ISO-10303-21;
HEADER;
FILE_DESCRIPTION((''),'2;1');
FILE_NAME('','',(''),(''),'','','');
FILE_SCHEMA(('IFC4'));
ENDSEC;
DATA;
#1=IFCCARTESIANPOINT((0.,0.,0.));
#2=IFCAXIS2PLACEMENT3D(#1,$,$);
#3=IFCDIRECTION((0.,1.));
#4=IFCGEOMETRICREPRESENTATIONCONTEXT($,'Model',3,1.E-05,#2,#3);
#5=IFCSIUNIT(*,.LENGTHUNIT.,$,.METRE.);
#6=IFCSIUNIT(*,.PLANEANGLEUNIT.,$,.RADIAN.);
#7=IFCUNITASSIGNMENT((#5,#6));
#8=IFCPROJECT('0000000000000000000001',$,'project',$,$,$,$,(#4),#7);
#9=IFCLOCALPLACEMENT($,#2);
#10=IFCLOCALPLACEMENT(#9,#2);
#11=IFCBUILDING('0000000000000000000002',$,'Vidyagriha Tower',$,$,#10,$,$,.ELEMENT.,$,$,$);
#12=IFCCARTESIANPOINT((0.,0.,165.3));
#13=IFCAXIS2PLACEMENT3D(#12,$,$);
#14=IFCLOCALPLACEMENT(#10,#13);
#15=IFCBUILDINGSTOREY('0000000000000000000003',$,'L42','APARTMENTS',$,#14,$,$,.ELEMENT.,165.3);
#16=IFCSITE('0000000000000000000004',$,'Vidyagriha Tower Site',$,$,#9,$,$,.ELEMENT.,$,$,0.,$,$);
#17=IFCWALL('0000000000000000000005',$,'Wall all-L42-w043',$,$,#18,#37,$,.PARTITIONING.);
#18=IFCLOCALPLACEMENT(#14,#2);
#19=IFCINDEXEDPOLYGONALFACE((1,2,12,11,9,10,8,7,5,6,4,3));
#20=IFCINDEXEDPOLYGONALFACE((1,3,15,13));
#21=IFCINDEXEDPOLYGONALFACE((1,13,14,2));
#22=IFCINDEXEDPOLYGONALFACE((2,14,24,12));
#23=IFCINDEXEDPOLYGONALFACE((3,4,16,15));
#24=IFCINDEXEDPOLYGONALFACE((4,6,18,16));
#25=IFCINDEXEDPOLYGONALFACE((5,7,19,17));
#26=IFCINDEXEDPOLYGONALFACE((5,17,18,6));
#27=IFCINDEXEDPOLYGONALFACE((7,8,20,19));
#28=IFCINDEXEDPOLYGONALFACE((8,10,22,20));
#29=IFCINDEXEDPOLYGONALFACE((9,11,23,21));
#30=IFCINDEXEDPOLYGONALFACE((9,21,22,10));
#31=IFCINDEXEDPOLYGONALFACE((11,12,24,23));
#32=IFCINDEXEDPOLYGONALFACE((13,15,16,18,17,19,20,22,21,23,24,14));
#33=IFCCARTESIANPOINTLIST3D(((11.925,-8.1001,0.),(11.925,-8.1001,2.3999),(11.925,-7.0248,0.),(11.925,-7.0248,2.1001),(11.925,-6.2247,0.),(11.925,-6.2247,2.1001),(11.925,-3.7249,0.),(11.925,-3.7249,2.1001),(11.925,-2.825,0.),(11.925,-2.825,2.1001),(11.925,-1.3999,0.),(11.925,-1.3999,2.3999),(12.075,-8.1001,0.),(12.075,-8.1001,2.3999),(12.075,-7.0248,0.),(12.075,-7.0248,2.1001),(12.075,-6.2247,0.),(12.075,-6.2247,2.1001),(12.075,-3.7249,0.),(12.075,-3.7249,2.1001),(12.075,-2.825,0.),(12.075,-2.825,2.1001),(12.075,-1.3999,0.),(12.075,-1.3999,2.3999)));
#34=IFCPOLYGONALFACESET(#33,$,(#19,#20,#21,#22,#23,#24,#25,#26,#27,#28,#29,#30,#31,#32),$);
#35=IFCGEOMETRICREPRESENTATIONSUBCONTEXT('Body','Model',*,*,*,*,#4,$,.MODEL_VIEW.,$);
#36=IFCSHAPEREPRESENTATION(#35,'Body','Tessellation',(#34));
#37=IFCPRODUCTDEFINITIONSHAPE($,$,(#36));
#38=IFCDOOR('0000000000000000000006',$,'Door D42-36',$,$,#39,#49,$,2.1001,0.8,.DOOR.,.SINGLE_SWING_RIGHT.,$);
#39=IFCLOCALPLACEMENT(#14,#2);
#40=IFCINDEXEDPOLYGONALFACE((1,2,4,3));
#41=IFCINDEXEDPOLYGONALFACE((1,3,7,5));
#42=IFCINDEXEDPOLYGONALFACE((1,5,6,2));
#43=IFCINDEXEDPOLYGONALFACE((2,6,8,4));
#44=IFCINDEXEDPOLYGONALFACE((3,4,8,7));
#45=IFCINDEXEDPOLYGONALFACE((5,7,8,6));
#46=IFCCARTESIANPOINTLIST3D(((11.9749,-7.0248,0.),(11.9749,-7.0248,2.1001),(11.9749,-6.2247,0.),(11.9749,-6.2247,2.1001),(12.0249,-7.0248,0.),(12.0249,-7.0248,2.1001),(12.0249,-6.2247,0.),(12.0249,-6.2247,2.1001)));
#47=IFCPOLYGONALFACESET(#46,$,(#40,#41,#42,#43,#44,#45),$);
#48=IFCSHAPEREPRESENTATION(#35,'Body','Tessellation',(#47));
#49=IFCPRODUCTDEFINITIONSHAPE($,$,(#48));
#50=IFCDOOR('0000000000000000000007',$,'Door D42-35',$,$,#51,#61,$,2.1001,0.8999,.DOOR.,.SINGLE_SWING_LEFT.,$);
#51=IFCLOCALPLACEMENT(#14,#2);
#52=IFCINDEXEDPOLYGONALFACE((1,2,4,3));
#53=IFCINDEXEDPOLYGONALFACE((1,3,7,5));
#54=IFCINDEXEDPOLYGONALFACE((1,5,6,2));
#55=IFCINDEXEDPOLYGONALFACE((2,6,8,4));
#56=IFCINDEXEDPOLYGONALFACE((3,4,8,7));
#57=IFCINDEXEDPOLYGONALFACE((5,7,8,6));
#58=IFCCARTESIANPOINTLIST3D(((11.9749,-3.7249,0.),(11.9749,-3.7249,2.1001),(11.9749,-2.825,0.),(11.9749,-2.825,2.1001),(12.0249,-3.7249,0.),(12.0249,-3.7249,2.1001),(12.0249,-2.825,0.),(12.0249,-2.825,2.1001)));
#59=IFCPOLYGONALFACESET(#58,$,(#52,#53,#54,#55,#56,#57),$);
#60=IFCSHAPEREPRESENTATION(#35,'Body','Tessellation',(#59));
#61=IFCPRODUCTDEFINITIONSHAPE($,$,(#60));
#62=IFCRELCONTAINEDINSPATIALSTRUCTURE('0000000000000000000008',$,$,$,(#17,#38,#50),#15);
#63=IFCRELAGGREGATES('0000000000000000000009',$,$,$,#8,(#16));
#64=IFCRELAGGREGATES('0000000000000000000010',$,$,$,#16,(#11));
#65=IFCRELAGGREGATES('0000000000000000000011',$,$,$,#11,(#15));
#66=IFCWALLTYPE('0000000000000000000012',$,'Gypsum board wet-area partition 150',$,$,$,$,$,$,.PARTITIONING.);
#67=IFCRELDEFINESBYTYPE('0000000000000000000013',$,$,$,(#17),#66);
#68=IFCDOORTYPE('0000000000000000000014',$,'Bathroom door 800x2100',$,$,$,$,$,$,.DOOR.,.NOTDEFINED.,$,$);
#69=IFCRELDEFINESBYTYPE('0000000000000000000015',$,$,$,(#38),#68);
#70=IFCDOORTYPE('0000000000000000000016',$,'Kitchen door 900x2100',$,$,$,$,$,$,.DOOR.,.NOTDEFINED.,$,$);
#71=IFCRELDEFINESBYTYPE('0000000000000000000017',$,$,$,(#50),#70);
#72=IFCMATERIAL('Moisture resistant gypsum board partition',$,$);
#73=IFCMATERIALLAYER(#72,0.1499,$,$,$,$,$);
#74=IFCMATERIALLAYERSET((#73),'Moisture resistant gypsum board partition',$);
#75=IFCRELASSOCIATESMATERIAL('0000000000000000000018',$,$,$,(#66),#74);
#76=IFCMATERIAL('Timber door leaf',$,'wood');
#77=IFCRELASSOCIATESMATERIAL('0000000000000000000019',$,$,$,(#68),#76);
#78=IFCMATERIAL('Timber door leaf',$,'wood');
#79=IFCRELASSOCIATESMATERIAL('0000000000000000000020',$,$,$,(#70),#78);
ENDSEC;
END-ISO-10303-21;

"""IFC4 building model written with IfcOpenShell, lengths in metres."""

from ifc_helpers import new_model, si_unit, direction, frame, frame_2d, origin, place, context, subcontext, project, spatial, rectangle, extrude, material, layer, layer_set, type_object, element, fill, save


model = new_model("IFC4")

# Units and contexts
model_context = context("Model", 3, precision=1e-05, world=origin(), true_north=direction((0.0, 1.0)))
body_context = subcontext(model_context, "Body", "Model", "MODEL_VIEW")
ifc_project = project(units=[si_unit("LENGTHUNIT", "METRE"), si_unit("PLANEANGLEUNIT", "RADIAN")], contexts=[model_context])

# Site, building, storey
site_placement = place(None, origin())
site = spatial("IfcSite", under=ifc_project, at=site_placement, Name="Vidyagriha Tower Site", CompositionType="ELEMENT", RefElevation=0.0)
building_placement = place(site_placement, origin())
building = spatial("IfcBuilding", under=site, at=building_placement, Name="Vidyagriha Tower", CompositionType="ELEMENT")
storey_placement = place(building_placement, frame((0.0, 0.0, 165.3)))
storey = spatial("IfcBuildingStorey", under=building, at=storey_placement, Name="L42", Description="APARTMENTS", CompositionType="ELEMENT", Elevation=165.3)

# Wall, openings, doors
ifc_material_1 = material(Name="Moisture resistant gypsum board partition")
ifc_layer_1 = layer(ifc_material_1, 0.1499)
ifc_layer_set_1 = layer_set([ifc_layer_1], Name="Moisture resistant gypsum board partition")
wall_type_1 = type_object("IfcWallType", Name="Gypsum board wet-area partition 150", PredefinedType="PARTITIONING", material=ifc_layer_set_1)
wall_1_placement = place(storey_placement, frame((12.0, -1.3999, 0.0), z_axis=(0.0, 0.0, 1.0), x_axis=(0.0, -1.0, 0.0)))
wall_1 = element("IfcWall", 1, at=wall_1_placement, inside=storey, type_object=wall_type_1, Name="Wall all-L42-w043", PredefinedType="PARTITIONING", context=body_context, shape_type="SweptSolid", body=[
    extrude(rectangle(XDim=6.7002, YDim=0.1499, at=frame_2d((3.3501, 0.0))), origin(), (0.0, 0.0, 1.0), 2.3999),
])
opening_1_placement = place(wall_1_placement, frame((1.425, 0.0, 0.0)))
opening_1 = element("IfcOpeningElement", 2, at=opening_1_placement, cuts=wall_1, PredefinedType="OPENING", context=body_context, shape_type="SweptSolid", body=[
    extrude(rectangle(XDim=0.8999, YDim=2.1001, at=frame_2d((0.45, 1.05))), frame((0.0, 0.085, 0.0), z_axis=(0.0, -1.0, 0.0), x_axis=(1.0, 0.0, 0.0)), (0.0, 0.0, 1.0), 0.1699),
])
opening_2_placement = place(wall_1_placement, frame((4.825, 0.0, 0.0)))
opening_2 = element("IfcOpeningElement", 3, at=opening_2_placement, cuts=wall_1, PredefinedType="OPENING", context=body_context, shape_type="SweptSolid", body=[
    extrude(rectangle(XDim=0.8, YDim=2.1001, at=frame_2d((0.3999, 1.05))), frame((0.0, 0.085, 0.0), z_axis=(0.0, -1.0, 0.0), x_axis=(1.0, 0.0, 0.0)), (0.0, 0.0, 1.0), 0.1699),
])
ifc_material_2 = material(Name="Timber door leaf", Category="wood")
door_type_1 = type_object("IfcDoorType", Name="Bathroom door 800x2100", OperationType="NOTDEFINED", PredefinedType="DOOR", material=ifc_material_2)
door_1_placement = place(opening_2_placement, origin())
door_1 = element("IfcDoor", 4, at=door_1_placement, inside=storey, type_object=door_type_1, Name="Door D42-36", OperationType="SINGLE_SWING_RIGHT", OverallHeight=2.1001, OverallWidth=0.8, PredefinedType="DOOR", context=body_context, shape_type="SweptSolid", body=[
    extrude(rectangle(XDim=0.8, YDim=2.1001, at=frame_2d((0.3999, 1.05))), frame((0.0, 0.0249, 0.0), z_axis=(0.0, -1.0, 0.0), x_axis=(1.0, 0.0, 0.0)), (0.0, 0.0, 1.0), 0.05),
])
fill(opening_2, door_1)
ifc_material_3 = material(Name="Timber door leaf", Category="wood")
door_type_2 = type_object("IfcDoorType", Name="Kitchen door 900x2100", OperationType="NOTDEFINED", PredefinedType="DOOR", material=ifc_material_3)
door_2_placement = place(opening_1_placement, origin())
door_2 = element("IfcDoor", 5, at=door_2_placement, inside=storey, type_object=door_type_2, Name="Door D42-35", OperationType="SINGLE_SWING_LEFT", OverallHeight=2.1001, OverallWidth=0.8999, PredefinedType="DOOR", context=body_context, shape_type="SweptSolid", body=[
    extrude(rectangle(XDim=0.8999, YDim=2.1001, at=frame_2d((0.45, 1.05))), frame((0.0, 0.0249, 0.0), z_axis=(0.0, -1.0, 0.0), x_axis=(1.0, 0.0, 0.0)), (0.0, 0.0, 1.0), 0.05),
])
fill(opening_1, door_2)

save(model, "model.ifc")
